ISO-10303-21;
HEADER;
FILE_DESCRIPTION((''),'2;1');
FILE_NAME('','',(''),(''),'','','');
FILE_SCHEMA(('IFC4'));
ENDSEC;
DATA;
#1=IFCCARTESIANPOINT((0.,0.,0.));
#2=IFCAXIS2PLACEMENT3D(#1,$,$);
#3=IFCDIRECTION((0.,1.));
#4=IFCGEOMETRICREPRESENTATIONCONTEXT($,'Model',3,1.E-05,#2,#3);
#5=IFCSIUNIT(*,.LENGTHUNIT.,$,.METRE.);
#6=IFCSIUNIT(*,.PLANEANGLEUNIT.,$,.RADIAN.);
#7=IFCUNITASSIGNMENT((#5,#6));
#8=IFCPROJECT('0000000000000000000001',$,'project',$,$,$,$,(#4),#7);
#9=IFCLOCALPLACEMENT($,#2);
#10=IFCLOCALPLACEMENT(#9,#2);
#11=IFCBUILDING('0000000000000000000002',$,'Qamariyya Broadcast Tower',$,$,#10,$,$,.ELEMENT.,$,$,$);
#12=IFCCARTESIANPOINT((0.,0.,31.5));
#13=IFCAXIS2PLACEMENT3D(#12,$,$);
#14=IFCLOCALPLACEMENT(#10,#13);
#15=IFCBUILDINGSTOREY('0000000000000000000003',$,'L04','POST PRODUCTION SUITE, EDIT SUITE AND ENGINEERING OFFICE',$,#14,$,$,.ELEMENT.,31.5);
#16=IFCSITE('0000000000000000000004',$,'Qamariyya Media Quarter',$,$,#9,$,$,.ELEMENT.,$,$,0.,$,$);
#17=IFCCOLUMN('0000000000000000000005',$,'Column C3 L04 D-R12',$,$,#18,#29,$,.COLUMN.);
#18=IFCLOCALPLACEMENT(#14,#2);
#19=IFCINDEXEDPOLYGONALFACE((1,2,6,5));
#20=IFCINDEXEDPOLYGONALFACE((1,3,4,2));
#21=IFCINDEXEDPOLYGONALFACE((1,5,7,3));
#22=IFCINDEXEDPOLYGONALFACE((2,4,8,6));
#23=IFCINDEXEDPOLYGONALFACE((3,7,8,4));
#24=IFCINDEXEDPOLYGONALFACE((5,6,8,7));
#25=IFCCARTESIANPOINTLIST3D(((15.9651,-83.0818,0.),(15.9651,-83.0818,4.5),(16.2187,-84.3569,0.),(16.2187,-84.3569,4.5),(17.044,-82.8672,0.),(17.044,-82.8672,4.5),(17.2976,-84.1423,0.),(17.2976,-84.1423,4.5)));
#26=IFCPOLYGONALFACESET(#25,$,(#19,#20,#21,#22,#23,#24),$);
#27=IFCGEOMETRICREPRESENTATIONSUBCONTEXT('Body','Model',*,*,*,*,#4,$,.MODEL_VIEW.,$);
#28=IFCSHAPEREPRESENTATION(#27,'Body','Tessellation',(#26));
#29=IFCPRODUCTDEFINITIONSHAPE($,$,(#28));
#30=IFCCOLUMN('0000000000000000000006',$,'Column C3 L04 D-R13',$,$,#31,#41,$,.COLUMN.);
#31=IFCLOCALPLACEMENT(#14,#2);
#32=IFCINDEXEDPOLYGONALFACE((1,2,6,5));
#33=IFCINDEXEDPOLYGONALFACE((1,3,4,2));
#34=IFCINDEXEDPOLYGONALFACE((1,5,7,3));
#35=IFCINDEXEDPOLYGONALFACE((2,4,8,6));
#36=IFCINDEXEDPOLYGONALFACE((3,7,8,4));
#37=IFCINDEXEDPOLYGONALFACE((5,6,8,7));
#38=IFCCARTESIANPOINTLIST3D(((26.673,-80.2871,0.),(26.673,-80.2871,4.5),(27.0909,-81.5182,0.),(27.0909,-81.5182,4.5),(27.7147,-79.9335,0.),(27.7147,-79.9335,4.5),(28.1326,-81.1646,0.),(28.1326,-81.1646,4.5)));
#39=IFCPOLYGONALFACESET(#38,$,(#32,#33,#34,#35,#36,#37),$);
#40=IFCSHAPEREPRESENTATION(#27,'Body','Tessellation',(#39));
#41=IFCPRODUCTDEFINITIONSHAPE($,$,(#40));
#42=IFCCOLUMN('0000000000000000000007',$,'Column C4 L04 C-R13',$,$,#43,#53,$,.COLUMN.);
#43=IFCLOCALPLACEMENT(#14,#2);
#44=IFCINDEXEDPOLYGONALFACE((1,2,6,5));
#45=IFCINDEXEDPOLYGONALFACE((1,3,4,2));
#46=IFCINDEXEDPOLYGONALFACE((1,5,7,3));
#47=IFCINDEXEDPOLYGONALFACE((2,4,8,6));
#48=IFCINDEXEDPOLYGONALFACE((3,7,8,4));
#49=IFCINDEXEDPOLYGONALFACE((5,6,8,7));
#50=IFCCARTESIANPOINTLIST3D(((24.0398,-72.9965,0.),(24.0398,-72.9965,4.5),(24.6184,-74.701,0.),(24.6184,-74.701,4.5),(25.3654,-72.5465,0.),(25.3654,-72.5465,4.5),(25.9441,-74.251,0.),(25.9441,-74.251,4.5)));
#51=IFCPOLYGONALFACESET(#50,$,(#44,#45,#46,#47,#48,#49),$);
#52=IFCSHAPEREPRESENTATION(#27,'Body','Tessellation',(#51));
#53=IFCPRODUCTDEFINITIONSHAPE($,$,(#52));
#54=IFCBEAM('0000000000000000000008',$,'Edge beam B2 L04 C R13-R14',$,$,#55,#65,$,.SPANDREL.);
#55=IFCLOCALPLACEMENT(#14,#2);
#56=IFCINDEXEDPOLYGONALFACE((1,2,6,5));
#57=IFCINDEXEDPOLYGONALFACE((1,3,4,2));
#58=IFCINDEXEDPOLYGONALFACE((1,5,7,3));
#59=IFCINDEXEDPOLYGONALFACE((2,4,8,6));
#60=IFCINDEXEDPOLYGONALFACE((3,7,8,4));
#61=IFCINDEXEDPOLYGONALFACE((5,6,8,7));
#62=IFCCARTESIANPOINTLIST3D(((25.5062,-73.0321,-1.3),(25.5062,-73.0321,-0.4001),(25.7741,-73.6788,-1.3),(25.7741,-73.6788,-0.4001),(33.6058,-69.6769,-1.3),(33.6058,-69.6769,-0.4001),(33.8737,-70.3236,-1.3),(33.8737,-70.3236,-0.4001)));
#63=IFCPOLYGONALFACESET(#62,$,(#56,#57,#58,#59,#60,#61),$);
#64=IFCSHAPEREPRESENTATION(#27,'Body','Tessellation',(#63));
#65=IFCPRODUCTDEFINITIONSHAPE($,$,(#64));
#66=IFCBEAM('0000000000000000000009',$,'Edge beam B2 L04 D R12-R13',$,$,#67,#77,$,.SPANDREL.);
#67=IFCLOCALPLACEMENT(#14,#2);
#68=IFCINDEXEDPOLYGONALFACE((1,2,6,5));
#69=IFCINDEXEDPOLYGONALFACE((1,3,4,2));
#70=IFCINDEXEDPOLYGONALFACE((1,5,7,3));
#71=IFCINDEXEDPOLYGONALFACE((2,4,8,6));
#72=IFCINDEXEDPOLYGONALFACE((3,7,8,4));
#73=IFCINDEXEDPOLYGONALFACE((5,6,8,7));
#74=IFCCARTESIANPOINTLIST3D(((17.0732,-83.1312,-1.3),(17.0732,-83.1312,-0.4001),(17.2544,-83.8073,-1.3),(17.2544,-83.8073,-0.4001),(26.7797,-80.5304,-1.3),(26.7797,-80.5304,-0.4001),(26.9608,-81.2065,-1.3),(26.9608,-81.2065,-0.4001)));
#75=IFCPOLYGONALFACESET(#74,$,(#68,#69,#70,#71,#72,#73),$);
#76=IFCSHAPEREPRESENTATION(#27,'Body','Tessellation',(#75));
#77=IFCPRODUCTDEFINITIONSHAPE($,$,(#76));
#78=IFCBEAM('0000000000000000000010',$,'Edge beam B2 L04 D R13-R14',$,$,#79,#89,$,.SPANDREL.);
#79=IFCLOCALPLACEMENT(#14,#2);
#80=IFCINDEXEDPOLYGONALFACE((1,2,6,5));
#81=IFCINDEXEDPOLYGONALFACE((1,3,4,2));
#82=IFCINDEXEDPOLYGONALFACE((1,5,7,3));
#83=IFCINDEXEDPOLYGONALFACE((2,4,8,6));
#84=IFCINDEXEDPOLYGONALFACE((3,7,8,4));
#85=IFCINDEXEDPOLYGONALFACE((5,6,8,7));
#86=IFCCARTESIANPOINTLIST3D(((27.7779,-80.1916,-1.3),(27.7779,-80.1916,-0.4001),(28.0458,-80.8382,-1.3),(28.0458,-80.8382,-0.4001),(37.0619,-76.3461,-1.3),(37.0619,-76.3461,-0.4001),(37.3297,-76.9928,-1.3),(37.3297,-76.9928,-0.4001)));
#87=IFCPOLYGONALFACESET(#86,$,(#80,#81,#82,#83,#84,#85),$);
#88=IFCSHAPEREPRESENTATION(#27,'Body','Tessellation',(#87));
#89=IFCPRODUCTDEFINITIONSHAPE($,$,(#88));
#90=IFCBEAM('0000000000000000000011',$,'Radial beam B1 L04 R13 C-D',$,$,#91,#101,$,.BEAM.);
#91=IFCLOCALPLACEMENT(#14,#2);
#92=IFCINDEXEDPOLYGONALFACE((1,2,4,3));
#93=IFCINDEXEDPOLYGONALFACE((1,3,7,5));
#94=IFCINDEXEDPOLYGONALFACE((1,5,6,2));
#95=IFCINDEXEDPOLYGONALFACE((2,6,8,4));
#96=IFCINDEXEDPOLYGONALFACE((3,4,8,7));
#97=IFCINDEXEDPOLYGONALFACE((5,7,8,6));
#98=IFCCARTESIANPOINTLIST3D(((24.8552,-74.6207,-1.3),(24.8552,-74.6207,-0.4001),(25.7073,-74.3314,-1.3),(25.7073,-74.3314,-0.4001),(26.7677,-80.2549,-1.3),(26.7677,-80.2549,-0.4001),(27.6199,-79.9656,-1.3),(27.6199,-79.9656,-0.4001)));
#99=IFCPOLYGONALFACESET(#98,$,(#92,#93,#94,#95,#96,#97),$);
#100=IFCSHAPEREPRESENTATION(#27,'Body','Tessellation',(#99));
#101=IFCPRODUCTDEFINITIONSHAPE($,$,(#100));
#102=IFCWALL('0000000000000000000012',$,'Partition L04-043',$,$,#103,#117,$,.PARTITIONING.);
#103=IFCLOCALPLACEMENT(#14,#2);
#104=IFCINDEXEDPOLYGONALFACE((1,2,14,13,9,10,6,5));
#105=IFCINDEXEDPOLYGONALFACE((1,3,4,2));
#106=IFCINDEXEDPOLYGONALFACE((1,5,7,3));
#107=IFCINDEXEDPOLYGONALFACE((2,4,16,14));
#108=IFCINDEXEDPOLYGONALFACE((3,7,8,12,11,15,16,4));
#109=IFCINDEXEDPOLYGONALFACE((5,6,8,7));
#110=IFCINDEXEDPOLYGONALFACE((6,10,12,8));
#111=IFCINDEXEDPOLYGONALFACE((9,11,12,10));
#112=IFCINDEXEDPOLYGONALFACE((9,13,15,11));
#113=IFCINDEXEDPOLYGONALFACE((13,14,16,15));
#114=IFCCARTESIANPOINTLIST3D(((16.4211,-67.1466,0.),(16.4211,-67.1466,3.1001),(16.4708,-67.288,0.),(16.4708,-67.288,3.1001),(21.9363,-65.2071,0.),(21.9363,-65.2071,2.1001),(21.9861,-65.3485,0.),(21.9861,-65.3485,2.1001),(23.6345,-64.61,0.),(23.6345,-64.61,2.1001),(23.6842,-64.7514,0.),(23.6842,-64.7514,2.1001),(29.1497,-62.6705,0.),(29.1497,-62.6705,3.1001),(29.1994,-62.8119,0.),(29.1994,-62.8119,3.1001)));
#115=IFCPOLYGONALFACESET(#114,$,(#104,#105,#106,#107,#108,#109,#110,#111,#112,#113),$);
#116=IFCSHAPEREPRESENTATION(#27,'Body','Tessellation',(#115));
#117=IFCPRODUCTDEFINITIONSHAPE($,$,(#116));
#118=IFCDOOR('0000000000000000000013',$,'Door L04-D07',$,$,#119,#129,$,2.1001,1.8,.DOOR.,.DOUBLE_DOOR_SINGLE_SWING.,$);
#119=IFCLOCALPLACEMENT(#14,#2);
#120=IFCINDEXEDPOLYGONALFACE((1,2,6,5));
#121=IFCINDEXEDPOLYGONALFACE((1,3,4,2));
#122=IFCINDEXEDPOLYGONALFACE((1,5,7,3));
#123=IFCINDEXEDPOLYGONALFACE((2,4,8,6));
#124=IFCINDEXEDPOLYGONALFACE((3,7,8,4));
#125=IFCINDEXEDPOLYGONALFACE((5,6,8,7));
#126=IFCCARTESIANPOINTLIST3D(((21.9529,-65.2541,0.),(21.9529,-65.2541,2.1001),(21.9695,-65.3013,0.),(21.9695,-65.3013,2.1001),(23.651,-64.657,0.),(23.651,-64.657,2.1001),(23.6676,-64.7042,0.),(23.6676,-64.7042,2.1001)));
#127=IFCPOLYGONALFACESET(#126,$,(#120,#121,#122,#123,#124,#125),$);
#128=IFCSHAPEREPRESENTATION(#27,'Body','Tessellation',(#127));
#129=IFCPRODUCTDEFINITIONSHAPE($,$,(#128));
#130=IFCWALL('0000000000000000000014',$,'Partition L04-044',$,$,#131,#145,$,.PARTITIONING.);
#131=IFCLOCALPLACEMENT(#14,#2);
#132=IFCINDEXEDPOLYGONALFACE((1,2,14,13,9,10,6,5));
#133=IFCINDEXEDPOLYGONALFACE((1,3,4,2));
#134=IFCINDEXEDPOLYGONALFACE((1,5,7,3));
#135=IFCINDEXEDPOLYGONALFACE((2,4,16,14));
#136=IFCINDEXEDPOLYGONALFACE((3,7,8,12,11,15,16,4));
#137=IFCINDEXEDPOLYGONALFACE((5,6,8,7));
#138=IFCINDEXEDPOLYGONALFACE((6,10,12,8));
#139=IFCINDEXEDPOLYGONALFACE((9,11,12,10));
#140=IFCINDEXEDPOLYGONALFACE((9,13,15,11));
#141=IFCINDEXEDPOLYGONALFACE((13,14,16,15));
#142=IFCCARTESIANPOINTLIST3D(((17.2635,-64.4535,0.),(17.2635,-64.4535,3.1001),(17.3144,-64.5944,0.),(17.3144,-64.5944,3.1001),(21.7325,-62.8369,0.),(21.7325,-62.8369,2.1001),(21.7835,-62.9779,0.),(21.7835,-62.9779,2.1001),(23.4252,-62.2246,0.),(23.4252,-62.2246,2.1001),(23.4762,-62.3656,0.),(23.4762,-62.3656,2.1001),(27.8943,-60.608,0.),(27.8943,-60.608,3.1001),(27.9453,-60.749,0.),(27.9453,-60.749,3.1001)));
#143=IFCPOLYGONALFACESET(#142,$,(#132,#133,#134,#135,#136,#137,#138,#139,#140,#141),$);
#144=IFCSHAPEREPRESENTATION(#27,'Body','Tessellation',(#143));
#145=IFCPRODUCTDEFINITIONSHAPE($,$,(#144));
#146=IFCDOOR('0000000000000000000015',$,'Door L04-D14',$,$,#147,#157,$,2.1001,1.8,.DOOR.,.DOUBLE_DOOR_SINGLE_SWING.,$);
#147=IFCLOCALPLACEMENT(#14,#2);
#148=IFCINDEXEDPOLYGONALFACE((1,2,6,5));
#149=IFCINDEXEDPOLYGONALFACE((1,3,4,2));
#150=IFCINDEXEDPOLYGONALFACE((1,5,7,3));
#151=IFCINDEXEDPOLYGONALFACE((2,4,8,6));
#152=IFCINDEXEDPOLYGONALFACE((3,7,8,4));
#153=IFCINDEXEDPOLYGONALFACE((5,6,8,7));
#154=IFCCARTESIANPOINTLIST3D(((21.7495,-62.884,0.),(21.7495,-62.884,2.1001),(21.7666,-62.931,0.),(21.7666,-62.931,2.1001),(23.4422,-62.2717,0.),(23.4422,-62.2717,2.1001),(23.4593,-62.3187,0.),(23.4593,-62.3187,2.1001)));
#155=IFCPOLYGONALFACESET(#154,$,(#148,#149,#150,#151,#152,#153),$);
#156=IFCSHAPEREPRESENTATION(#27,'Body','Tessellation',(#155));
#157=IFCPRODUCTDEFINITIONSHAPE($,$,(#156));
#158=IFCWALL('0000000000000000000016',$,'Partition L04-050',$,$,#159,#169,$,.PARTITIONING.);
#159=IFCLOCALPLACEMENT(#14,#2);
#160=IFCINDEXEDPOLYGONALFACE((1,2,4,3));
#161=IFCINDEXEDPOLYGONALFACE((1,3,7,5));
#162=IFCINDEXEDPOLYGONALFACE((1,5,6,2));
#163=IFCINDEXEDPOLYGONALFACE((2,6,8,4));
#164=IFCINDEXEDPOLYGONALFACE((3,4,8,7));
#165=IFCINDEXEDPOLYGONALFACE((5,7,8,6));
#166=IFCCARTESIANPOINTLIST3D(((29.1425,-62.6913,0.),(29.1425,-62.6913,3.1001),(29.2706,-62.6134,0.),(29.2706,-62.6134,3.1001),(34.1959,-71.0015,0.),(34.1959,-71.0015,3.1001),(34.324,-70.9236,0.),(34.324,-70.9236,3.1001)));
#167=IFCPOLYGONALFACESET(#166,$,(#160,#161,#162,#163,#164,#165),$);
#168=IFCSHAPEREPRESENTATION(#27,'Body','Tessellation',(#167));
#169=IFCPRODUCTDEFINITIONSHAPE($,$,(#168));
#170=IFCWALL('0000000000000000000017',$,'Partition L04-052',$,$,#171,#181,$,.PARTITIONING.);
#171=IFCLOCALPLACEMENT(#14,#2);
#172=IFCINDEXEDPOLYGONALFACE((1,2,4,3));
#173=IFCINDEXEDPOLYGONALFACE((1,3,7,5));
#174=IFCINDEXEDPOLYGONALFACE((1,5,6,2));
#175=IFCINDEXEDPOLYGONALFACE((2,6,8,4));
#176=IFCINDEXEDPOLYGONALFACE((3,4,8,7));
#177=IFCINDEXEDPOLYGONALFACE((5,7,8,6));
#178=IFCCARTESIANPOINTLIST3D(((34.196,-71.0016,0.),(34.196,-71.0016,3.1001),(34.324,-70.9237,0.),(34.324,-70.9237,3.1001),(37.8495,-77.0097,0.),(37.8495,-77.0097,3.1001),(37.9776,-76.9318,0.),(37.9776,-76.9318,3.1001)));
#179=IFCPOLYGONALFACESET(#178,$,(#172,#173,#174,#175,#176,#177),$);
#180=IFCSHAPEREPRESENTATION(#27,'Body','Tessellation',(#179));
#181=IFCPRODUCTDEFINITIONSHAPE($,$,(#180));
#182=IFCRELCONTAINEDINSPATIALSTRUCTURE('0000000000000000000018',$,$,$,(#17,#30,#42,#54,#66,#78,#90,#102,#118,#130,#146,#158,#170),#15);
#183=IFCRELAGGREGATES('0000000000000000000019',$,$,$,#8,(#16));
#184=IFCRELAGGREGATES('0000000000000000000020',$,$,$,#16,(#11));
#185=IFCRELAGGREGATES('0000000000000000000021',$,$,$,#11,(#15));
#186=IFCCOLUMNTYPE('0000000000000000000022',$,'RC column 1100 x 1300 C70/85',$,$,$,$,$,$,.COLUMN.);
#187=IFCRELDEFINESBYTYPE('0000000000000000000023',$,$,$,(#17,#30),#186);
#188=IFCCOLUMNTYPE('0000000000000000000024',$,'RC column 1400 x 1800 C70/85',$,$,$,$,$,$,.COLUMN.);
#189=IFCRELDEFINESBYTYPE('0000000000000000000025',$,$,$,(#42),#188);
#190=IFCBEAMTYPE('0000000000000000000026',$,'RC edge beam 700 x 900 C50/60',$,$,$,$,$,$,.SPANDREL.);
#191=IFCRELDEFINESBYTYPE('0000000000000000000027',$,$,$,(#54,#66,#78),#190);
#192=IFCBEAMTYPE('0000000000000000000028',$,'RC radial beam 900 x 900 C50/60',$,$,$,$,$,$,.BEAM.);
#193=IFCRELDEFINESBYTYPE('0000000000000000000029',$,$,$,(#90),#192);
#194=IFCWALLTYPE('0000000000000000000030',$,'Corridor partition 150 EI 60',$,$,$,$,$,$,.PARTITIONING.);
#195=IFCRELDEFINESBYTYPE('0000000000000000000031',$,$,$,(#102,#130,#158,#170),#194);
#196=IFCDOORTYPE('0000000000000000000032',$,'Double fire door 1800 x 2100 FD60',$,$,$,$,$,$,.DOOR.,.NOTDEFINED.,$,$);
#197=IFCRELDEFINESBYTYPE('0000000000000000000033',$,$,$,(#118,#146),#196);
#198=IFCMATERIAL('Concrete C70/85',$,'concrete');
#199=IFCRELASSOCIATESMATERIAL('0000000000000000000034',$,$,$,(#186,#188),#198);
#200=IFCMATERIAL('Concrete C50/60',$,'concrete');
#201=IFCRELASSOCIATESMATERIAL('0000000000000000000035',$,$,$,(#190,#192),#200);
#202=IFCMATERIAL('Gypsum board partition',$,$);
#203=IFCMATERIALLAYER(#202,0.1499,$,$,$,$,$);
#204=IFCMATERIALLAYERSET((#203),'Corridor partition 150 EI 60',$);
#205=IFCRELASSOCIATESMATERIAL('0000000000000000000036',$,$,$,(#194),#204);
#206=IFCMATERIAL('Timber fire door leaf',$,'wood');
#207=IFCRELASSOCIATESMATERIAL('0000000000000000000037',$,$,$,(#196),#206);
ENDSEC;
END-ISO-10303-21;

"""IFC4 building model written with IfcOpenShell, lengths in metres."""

from ifc_helpers import new_model, si_unit, direction, frame, frame_2d, origin, origin_2d, place, context, subcontext, project, spatial, rectangle, extrude, material, layer, layer_set, material_profile, profile_set, type_object, element, fill, save


model = new_model("IFC4")

# Units and contexts
model_context = context("Model", 3, precision=1e-05, world=origin(), true_north=direction((0.0, 1.0)))
body_context = subcontext(model_context, "Body", "Model", "MODEL_VIEW")
ifc_project = project(units=[si_unit("LENGTHUNIT", "METRE"), si_unit("PLANEANGLEUNIT", "RADIAN")], contexts=[model_context])

# Site, building, storey
site_placement = place(None, origin())
site = spatial("IfcSite", under=ifc_project, at=site_placement, Name="Qamariyya Media Quarter", CompositionType="ELEMENT", RefElevation=0.0)
building_placement = place(site_placement, origin())
building = spatial("IfcBuilding", under=site, at=building_placement, Name="Qamariyya Broadcast Tower", CompositionType="ELEMENT")
storey_placement = place(building_placement, frame((0.0, 0.0, 31.5)))
storey = spatial("IfcBuildingStorey", under=building, at=storey_placement, Name="L04", Description="POST PRODUCTION SUITE, EDIT SUITE AND ENGINEERING OFFICE", CompositionType="ELEMENT", Elevation=31.5)

# Columns
ifc_material_1 = material(Name="Concrete C70/85", Category="concrete")
ifc_material_profile_1 = material_profile(ifc_material_1, rectangle(XDim=1.1001, YDim=1.3, at=origin_2d()))
ifc_profile_set_1 = profile_set([ifc_material_profile_1], Name="Concrete C70/85")
column_type_1 = type_object("IfcColumnType", Name="RC column 1100 x 1300 C70/85", PredefinedType="COLUMN", material=ifc_profile_set_1)
for number, where, z_axis, x_axis, name in (
    (1, (16.6313, -83.6121, 0.0), (0.0, 0.0, 1.0), (0.980785, 0.19509, 0.0), "Column C3 L04 D-R12"),
    (2, (27.4028, -80.7258, 0.0), (0.0, 0.0, 1.0), (0.94693, 0.321439, 0.0), "Column C3 L04 D-R13"),
):
    element("IfcColumn", number, at=place(storey_placement, frame(where, z_axis=z_axis, x_axis=x_axis)), inside=storey, type_object=column_type_1, Name=name, PredefinedType="COLUMN", context=body_context, shape_type="SweptSolid", body=[
        extrude(rectangle(XDim=1.1001, YDim=1.3, at=origin_2d()), origin(), (0.0, 0.0, 1.0), 4.5),
    ])
ifc_material_profile_2 = material_profile(ifc_material_1, rectangle(XDim=1.3999, YDim=1.8, at=origin_2d()))
ifc_profile_set_2 = profile_set([ifc_material_profile_2], Name="Concrete C70/85")
column_type_2 = type_object("IfcColumnType", Name="RC column 1400 x 1800 C70/85", PredefinedType="COLUMN", material=ifc_profile_set_2)
column_placement = place(storey_placement, frame((24.9919, -73.6238, 0.0), z_axis=(0.0, 0.0, 1.0), x_axis=(0.94693, 0.321439, 0.0)))
element("IfcColumn", 3, at=column_placement, inside=storey, type_object=column_type_2, Name="Column C4 L04 C-R13", PredefinedType="COLUMN", context=body_context, shape_type="SweptSolid", body=[
    extrude(rectangle(XDim=1.3999, YDim=1.8, at=origin_2d()), origin(), (0.0, 0.0, 1.0), 4.5),
])

# Beams
ifc_material_2 = material(Name="Concrete C50/60", Category="concrete")
ifc_material_profile_3 = material_profile(ifc_material_2, rectangle(XDim=0.7, YDim=0.8999, at=origin_2d()))
ifc_profile_set_3 = profile_set([ifc_material_profile_3], Name="Concrete C50/60")
beam_type_1 = type_object("IfcBeamType", Name="RC edge beam 700 x 900 C50/60", PredefinedType="SPANDREL", material=ifc_profile_set_3)
beam_1_placement = place(storey_placement, frame((25.6401, -73.3555, -0.8501), z_axis=(0.923869, 0.382708, 0.0), x_axis=(-0.382708, 0.923869, 0.0)))
element("IfcBeam", 4, at=beam_1_placement, inside=storey, type_object=beam_type_1, Name="Edge beam B2 L04 C R13-R14", PredefinedType="SPANDREL", context=body_context, shape_type="SweptSolid", body=[
    extrude(rectangle(XDim=0.7, YDim=0.8999, at=origin_2d()), origin(), (0.0, 0.0, 1.0), 8.7671),
])
for number, where, z_axis, x_axis, name in (
    (5, (17.1638, -83.4692, -0.8501), (0.965927, 0.258816, 0.0), (-0.258816, 0.965927, 0.0), "Edge beam B2 L04 D R12-R13"),
    (6, (27.9119, -80.5149, -0.8501), (0.923882, 0.382677, 0.0), (-0.382677, 0.923882, 0.0), "Edge beam B2 L04 D R13-R14"),
):
    element("IfcBeam", number, at=place(storey_placement, frame(where, z_axis=z_axis, x_axis=x_axis)), inside=storey, type_object=beam_type_1, Name=name, PredefinedType="SPANDREL", context=body_context, shape_type="SweptSolid", body=[
        extrude(rectangle(XDim=0.7, YDim=0.8999, at=origin_2d()), origin(), (0.0, 0.0, 1.0), 10.0488),
    ])
ifc_material_profile_4 = material_profile(ifc_material_2, rectangle(XDim=0.8999, YDim=0.8999, at=origin_2d()))
ifc_profile_set_4 = profile_set([ifc_material_profile_4], Name="Concrete C50/60")
beam_type_2 = type_object("IfcBeamType", Name="RC radial beam 900 x 900 C50/60", PredefinedType="BEAM", material=ifc_profile_set_4)
beam_2_placement = place(storey_placement, frame((25.2812, -74.4761, -0.8501), z_axis=(0.321442, -0.946929, 0.0), x_axis=(0.946929, 0.321442, 0.0)))
element("IfcBeam", 7, at=beam_2_placement, inside=storey, type_object=beam_type_2, Name="Radial beam B1 L04 R13 C-D", PredefinedType="BEAM", context=body_context, shape_type="SweptSolid", body=[
    extrude(rectangle(XDim=0.8999, YDim=0.8999, at=origin_2d()), origin(), (0.0, 0.0, 1.0), 5.95),
])

# Walls, openings, doors
ifc_material_3 = material(Name="Gypsum board partition")
ifc_layer_1 = layer(ifc_material_3, 0.1499)
ifc_layer_set_1 = layer_set([ifc_layer_1], Name="Corridor partition 150 EI 60")
wall_type_1 = type_object("IfcWallType", Name="Corridor partition 150 EI 60", PredefinedType="PARTITIONING", material=ifc_layer_set_1)
wall_1_placement = place(storey_placement, frame((29.1746, -62.7412, 0.0), z_axis=(0.0, 0.0, 1.0), x_axis=(-0.94337, -0.331743, 0.0)))
wall_1 = element("IfcWall", 8, at=wall_1_placement, inside=storey, type_object=wall_type_1, Name="Partition L04-043", PredefinedType="PARTITIONING", context=body_context, shape_type="SweptSolid", body=[
    extrude(rectangle(XDim=13.4927, YDim=0.1499, at=frame_2d((6.7463, 0.0))), origin(), (0.0, 0.0, 1.0), 3.1001),
])
opening_1_placement = place(wall_1_placement, frame((5.8464, 0.0, 0.0)))
opening_1 = element("IfcOpeningElement", 9, at=opening_1_placement, cuts=wall_1, PredefinedType="OPENING", context=body_context, shape_type="SweptSolid", body=[
    extrude(rectangle(XDim=1.8, YDim=2.1001, at=frame_2d((0.8999, 1.05))), frame((0.0, 0.085, 0.0), z_axis=(0.0, -1.0, 0.0), x_axis=(1.0, 0.0, 0.0)), (0.0, 0.0, 1.0), 0.1699),
])
ifc_material_4 = material(Name="Timber fire door leaf", Category="wood")
door_type = type_object("IfcDoorType", Name="Double fire door 1800 x 2100 FD60", OperationType="NOTDEFINED", PredefinedType="DOOR", material=ifc_material_4)
door_1_placement = place(opening_1_placement, origin())
door_1 = element("IfcDoor", 10, at=door_1_placement, inside=storey, type_object=door_type, Name="Door L04-D07", OperationType="DOUBLE_DOOR_SINGLE_SWING", OverallHeight=2.1001, OverallWidth=1.8, PredefinedType="DOOR", context=body_context, shape_type="SweptSolid", body=[
    extrude(rectangle(XDim=1.8, YDim=2.1001, at=frame_2d((0.8999, 1.05))), frame((0.0, 0.0249, 0.0), z_axis=(0.0, -1.0, 0.0), x_axis=(1.0, 0.0, 0.0)), (0.0, 0.0, 1.0), 0.05),
])
fill(opening_1, door_1)
wall_2_placement = place(storey_placement, frame((17.2891, -64.5239, 0.0), z_axis=(0.0, 0.0, 1.0), x_axis=(0.940369, 0.340156, 0.0)))
wall_2 = element("IfcWall", 11, at=wall_2_placement, inside=storey, type_object=wall_type_1, Name="Partition L04-044", PredefinedType="PARTITIONING", context=body_context, shape_type="SweptSolid", body=[
    extrude(rectangle(XDim=11.3049, YDim=0.1499, at=frame_2d((5.6523, 0.0))), origin(), (0.0, 0.0, 1.0), 3.1001),
])
opening_2_placement = place(wall_2_placement, frame((4.7524, 0.0, 0.0)))
opening_2 = element("IfcOpeningElement", 12, at=opening_2_placement, cuts=wall_2, PredefinedType="OPENING", context=body_context, shape_type="SweptSolid", body=[
    extrude(rectangle(XDim=1.8, YDim=2.1001, at=frame_2d((0.8999, 1.05))), frame((0.0, 0.085, 0.0), z_axis=(0.0, -1.0, 0.0), x_axis=(1.0, 0.0, 0.0)), (0.0, 0.0, 1.0), 0.1699),
])
door_2_placement = place(opening_2_placement, origin())
door_2 = element("IfcDoor", 13, at=door_2_placement, inside=storey, type_object=door_type, Name="Door L04-D14", OperationType="DOUBLE_DOOR_SINGLE_SWING", OverallHeight=2.1001, OverallWidth=1.8, PredefinedType="DOOR", context=body_context, shape_type="SweptSolid", body=[
    extrude(rectangle(XDim=1.8, YDim=2.1001, at=frame_2d((0.8999, 1.05))), frame((0.0, 0.0249, 0.0), z_axis=(0.0, -1.0, 0.0), x_axis=(1.0, 0.0, 0.0)), (0.0, 0.0, 1.0), 0.05),
])
fill(opening_2, door_2)

# Walls
wall_3_placement = place(storey_placement, frame((29.2065, -62.6523, 0.0), z_axis=(0.0, 0.0, 1.0), x_axis=(0.519573, -0.854426, 0.0)))
element("IfcWall", 14, at=wall_3_placement, inside=storey, type_object=wall_type_1, Name="Partition L04-050", PredefinedType="PARTITIONING", context=body_context, shape_type="SweptSolid", body=[
    extrude(rectangle(XDim=9.7261, YDim=0.1499, at=frame_2d((4.863, 0.0))), origin(), (0.0, 0.0, 1.0), 3.1001),
])
wall_4_placement = place(storey_placement, frame((34.26, -70.9626, 0.0), z_axis=(0.0, 0.0, 1.0), x_axis=(0.519582, -0.85442, 0.0)))
element("IfcWall", 15, at=wall_4_placement, inside=storey, type_object=wall_type_1, Name="Partition L04-052", PredefinedType="PARTITIONING", context=body_context, shape_type="SweptSolid", body=[
    extrude(rectangle(XDim=7.0317, YDim=0.1499, at=frame_2d((3.5159, 0.0))), origin(), (0.0, 0.0, 1.0), 3.1001),
])

save(model, "model.ifc")
